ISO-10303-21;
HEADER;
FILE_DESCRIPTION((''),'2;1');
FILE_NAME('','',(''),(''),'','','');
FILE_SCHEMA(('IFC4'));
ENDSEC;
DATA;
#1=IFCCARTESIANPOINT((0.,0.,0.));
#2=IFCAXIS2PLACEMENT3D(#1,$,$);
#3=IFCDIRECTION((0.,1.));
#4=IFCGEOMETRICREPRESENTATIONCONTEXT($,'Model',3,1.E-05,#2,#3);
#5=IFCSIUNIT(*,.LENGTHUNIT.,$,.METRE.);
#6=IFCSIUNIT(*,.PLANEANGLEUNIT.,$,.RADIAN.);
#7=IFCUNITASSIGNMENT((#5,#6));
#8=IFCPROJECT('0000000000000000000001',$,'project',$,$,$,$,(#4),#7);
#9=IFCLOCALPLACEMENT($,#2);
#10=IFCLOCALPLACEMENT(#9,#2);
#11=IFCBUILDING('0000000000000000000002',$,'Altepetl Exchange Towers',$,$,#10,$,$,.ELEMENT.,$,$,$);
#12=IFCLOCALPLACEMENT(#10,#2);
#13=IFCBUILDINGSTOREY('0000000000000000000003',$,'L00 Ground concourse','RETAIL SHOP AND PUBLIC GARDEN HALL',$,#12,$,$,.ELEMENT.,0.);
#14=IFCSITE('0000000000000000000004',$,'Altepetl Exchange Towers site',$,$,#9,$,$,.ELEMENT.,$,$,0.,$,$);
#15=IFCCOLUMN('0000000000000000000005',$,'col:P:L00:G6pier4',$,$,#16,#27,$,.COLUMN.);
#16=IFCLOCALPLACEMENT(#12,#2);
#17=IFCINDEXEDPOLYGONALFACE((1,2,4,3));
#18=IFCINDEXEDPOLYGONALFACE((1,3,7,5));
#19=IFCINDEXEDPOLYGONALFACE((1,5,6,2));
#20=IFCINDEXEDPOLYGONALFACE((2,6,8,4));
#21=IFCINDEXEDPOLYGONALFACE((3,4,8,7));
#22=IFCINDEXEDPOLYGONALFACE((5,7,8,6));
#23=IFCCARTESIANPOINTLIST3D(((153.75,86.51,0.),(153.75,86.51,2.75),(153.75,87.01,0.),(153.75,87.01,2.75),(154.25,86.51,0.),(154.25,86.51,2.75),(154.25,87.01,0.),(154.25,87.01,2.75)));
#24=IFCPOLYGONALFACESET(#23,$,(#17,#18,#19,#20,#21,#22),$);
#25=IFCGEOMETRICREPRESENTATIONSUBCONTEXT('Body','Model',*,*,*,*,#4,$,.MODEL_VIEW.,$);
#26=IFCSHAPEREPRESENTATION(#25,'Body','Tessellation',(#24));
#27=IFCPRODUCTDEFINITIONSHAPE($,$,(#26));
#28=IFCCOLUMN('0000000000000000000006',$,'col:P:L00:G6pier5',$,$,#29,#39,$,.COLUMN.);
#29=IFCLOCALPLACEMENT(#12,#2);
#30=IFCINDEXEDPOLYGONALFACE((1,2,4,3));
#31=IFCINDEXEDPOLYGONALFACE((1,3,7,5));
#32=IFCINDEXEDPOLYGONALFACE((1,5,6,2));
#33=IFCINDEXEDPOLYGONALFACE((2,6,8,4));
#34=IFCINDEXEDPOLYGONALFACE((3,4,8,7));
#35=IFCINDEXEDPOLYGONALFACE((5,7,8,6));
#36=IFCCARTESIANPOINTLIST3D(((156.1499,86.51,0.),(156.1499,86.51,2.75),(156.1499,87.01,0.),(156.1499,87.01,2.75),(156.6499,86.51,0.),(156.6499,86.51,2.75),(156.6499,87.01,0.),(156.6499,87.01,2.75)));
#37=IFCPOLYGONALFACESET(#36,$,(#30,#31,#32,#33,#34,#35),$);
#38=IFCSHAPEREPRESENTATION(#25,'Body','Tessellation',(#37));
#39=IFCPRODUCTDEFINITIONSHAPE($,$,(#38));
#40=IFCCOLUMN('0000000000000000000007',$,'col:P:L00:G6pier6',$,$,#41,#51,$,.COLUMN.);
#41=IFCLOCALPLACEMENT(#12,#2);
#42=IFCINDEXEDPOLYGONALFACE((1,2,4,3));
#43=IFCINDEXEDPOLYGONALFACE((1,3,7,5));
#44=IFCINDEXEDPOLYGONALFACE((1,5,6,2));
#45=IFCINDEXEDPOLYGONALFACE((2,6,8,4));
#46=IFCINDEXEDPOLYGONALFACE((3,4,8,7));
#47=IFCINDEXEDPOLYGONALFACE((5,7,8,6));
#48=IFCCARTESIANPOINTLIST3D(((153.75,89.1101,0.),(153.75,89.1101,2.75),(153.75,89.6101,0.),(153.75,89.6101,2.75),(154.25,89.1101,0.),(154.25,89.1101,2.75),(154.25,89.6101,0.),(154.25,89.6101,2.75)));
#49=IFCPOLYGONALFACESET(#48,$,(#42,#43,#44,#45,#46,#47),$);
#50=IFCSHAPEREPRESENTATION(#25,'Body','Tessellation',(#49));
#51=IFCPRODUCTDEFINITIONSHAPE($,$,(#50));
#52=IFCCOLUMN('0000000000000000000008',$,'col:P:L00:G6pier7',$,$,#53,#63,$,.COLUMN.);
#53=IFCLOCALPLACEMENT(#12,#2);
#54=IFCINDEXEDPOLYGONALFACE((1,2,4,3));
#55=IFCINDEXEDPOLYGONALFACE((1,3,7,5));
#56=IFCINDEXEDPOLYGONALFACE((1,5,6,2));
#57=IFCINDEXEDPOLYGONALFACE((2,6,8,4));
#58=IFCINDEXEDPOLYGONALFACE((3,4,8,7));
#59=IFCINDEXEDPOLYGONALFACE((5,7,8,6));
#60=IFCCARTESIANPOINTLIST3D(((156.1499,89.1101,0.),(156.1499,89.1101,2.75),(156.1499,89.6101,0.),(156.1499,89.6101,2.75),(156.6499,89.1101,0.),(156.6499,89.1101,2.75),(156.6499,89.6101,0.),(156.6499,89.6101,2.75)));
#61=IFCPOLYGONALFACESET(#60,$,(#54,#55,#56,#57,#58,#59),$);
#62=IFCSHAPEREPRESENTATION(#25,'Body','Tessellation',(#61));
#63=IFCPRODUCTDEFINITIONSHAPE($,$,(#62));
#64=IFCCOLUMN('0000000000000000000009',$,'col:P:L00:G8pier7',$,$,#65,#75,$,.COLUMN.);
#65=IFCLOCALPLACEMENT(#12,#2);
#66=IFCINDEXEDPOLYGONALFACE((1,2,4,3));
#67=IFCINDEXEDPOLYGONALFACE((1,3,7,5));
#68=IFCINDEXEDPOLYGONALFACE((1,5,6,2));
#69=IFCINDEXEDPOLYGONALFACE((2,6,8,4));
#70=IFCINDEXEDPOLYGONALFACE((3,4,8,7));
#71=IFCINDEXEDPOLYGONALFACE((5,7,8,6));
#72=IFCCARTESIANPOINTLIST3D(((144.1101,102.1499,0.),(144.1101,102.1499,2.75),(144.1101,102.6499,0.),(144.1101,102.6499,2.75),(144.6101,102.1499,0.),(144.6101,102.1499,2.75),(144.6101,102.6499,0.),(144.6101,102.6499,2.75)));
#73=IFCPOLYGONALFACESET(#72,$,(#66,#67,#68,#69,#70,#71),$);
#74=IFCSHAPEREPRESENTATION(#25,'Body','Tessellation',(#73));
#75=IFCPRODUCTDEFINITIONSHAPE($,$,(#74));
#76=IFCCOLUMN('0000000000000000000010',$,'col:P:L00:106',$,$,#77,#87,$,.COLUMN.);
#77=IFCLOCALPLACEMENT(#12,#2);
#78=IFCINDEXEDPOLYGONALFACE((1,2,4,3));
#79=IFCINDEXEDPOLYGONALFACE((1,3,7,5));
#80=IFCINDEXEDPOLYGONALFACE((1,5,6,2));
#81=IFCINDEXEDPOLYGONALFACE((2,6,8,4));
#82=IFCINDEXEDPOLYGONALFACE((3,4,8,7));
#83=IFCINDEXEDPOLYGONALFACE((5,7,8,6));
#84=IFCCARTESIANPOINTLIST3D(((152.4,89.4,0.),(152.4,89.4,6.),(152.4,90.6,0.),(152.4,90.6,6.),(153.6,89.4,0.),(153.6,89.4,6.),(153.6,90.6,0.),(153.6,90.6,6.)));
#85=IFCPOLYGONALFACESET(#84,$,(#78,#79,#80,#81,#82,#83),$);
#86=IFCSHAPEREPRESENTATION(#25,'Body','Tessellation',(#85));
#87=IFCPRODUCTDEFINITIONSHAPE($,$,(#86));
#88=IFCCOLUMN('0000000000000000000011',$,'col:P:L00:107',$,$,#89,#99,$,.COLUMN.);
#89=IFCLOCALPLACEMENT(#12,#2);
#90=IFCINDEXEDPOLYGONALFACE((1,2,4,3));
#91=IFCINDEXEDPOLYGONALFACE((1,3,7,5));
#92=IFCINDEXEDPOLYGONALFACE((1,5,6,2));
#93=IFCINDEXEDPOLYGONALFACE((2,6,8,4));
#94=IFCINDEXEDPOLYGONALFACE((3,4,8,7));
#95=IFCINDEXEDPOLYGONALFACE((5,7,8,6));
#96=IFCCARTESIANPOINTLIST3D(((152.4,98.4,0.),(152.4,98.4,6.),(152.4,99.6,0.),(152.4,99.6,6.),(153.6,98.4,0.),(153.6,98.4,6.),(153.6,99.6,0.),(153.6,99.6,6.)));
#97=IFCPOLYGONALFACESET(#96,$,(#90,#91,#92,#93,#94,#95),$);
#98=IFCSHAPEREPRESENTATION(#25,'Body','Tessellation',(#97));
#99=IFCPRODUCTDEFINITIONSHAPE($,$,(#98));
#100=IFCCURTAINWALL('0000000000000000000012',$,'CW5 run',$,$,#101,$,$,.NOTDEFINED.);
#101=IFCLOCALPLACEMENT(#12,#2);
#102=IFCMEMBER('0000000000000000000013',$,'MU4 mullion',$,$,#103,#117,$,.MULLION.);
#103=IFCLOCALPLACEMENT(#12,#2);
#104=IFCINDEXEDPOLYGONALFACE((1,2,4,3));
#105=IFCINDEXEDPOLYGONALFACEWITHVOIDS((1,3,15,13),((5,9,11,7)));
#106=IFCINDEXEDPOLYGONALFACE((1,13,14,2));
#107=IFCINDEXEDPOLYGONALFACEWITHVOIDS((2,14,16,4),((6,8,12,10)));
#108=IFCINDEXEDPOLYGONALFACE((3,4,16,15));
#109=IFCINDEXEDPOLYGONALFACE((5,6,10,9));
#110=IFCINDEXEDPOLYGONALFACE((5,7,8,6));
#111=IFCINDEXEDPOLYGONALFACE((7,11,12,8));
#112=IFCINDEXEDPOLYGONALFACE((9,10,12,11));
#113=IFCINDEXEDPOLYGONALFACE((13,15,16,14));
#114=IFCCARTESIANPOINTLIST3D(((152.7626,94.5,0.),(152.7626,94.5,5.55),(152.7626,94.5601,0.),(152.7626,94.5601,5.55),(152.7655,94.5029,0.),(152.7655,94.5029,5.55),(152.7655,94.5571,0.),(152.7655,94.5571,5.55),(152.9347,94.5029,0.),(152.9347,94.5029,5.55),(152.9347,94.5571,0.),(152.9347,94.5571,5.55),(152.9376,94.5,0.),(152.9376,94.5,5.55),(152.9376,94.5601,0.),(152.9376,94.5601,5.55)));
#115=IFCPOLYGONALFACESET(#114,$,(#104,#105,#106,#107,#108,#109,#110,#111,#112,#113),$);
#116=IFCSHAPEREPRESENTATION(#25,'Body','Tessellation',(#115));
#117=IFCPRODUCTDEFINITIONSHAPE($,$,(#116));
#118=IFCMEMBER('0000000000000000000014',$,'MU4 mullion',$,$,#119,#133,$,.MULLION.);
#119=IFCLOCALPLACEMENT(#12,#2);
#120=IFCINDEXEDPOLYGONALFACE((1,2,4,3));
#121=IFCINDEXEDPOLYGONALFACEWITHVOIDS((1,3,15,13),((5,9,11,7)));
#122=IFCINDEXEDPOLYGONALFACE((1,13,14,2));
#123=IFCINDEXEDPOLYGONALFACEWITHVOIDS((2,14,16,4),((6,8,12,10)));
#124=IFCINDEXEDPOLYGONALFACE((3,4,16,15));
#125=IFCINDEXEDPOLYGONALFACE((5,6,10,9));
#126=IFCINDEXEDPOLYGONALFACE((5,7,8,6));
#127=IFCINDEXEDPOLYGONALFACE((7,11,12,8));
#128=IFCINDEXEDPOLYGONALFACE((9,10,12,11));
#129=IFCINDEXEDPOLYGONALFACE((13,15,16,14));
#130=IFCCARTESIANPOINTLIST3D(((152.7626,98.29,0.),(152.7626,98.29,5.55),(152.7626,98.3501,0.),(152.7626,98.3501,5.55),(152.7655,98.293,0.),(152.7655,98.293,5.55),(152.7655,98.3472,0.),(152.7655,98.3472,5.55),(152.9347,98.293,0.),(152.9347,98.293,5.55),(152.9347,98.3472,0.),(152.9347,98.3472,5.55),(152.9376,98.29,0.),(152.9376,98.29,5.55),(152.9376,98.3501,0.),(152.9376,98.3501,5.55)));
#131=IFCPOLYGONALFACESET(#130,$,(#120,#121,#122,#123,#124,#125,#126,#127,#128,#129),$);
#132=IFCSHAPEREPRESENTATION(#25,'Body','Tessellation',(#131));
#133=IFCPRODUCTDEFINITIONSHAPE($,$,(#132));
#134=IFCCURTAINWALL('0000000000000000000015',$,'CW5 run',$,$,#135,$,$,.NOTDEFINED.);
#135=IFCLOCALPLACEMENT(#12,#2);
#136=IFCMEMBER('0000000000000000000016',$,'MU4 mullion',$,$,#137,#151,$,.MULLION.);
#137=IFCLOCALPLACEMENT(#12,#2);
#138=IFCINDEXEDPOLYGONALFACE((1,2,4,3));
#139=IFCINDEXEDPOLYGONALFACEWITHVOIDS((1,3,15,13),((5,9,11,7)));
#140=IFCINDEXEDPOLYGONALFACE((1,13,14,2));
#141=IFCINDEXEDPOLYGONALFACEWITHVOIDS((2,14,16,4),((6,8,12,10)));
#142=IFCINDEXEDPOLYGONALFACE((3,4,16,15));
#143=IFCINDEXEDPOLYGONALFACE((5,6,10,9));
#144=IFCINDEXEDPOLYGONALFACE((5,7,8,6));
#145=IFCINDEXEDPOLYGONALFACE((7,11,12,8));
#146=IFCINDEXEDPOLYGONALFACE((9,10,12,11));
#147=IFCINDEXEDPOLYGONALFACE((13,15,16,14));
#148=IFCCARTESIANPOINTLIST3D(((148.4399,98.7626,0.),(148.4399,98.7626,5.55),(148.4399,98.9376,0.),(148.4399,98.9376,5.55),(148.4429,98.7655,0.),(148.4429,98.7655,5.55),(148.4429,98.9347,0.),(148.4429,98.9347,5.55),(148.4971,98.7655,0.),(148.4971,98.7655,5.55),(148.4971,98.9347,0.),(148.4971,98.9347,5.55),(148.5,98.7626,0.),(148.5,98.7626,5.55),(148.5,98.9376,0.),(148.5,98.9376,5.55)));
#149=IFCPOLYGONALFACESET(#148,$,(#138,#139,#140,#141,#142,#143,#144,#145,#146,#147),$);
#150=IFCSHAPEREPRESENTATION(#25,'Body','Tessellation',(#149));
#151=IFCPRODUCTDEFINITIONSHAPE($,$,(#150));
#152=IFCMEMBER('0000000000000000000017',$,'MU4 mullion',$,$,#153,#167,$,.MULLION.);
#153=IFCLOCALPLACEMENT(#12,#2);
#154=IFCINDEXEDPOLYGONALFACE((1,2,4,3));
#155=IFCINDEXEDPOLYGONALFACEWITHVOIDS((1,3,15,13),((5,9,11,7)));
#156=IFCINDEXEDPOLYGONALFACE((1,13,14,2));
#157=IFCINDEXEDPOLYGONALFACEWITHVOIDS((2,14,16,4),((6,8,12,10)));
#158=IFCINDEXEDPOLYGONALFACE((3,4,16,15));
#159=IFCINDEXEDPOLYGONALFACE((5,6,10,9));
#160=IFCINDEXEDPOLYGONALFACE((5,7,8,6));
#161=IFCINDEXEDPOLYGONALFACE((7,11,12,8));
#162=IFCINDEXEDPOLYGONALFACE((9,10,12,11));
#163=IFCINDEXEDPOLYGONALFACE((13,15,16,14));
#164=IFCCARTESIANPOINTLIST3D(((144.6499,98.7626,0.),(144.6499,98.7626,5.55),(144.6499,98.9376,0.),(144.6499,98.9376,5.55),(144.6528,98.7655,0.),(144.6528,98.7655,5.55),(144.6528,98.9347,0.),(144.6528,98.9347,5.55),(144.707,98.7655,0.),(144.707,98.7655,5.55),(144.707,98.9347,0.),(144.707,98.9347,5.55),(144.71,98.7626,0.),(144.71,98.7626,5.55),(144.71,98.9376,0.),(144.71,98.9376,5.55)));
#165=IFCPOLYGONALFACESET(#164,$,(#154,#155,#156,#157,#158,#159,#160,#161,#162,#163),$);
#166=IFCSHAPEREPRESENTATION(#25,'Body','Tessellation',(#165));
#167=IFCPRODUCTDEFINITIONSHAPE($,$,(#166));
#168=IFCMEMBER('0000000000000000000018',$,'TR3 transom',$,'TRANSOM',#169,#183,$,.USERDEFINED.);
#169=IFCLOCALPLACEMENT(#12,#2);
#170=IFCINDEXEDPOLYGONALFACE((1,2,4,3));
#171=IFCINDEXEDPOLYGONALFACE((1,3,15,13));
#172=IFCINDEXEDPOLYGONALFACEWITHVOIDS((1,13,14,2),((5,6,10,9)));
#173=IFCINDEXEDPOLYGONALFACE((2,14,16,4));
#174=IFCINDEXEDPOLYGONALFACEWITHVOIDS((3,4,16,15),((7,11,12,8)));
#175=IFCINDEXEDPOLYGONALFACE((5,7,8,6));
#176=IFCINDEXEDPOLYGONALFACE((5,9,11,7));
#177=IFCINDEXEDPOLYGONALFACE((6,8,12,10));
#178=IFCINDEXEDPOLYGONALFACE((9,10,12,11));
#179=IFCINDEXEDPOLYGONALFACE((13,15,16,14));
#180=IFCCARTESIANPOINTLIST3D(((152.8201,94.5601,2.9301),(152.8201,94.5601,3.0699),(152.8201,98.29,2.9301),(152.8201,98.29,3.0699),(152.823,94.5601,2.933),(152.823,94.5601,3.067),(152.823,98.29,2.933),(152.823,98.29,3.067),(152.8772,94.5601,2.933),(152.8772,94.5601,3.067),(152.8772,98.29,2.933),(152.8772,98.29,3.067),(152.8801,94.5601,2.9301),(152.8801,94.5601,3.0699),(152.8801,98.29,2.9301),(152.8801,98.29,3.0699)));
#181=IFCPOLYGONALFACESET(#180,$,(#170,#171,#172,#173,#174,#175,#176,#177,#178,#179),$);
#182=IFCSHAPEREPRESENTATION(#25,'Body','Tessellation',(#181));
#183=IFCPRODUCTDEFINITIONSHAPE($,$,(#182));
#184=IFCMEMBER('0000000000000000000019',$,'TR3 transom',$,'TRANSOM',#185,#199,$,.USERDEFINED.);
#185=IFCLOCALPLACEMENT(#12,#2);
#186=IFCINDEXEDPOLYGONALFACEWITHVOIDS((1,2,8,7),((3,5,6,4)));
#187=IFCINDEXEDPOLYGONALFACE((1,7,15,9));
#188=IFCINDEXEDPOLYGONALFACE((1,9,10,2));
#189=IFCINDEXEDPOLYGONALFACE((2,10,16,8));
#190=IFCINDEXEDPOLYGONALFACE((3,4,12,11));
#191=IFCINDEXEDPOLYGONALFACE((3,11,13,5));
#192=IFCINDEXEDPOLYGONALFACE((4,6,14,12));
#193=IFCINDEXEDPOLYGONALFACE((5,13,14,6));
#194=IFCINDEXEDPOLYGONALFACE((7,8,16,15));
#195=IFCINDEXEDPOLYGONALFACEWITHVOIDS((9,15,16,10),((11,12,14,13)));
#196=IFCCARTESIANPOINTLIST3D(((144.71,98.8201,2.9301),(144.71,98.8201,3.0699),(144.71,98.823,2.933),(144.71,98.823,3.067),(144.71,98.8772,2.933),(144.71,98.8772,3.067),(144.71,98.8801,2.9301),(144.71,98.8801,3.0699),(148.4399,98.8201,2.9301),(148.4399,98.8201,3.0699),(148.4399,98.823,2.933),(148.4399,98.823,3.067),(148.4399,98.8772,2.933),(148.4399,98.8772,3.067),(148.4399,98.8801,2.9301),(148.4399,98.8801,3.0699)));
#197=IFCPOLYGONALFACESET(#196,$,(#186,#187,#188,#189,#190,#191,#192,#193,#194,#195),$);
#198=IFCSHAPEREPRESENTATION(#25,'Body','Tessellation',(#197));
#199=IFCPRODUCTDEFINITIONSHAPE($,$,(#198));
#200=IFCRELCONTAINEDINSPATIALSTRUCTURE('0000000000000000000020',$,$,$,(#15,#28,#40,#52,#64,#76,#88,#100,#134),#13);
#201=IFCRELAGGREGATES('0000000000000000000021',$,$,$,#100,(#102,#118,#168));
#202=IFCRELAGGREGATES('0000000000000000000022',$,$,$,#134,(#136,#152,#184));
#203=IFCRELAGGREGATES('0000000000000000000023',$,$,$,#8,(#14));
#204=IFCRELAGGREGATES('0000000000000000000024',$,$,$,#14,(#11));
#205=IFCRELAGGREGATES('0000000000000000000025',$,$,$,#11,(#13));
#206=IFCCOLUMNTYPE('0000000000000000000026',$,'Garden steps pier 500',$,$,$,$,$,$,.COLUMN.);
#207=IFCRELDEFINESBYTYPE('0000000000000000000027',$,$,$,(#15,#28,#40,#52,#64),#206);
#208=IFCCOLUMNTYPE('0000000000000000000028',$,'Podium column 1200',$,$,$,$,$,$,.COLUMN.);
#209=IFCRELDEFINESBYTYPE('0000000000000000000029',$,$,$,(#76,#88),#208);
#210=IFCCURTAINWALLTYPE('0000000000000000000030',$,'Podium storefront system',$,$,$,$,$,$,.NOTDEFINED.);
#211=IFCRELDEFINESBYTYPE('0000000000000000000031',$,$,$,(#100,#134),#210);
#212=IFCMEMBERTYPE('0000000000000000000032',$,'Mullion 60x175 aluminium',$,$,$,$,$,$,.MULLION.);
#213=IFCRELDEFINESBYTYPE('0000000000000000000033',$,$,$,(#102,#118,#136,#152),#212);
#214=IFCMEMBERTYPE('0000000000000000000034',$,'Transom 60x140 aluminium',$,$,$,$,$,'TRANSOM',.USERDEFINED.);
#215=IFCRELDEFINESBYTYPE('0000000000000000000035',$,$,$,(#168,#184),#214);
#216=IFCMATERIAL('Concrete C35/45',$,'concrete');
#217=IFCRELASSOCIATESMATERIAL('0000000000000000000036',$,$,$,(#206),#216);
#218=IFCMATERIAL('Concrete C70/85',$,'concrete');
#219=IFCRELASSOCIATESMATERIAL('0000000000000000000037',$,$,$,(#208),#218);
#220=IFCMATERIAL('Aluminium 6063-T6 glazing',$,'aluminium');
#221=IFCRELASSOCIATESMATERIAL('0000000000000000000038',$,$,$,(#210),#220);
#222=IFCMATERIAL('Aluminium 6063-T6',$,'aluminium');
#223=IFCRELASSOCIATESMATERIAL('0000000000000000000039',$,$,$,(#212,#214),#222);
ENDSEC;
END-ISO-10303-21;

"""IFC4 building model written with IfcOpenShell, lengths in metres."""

from ifc_helpers import new_model, si_unit, direction, frame, origin, origin_2d, place, context, subcontext, project, spatial, rectangle, hollow_rectangle, extrude, material, material_profile, profile_set, type_object, element, aggregate, save


model = new_model("IFC4")

# Units and contexts
model_context = context("Model", 3, precision=1e-05, world=origin(), true_north=direction((0.0, 1.0)))
body_context = subcontext(model_context, "Body", "Model", "MODEL_VIEW")
ifc_project = project(units=[si_unit("LENGTHUNIT", "METRE"), si_unit("PLANEANGLEUNIT", "RADIAN")], contexts=[model_context])

# Site, building, storey
site_placement = place(None, origin())
site = spatial("IfcSite", under=ifc_project, at=site_placement, Name="Altepetl Exchange Towers site", CompositionType="ELEMENT", RefElevation=0.0)
building_placement = place(site_placement, origin())
building = spatial("IfcBuilding", under=site, at=building_placement, Name="Altepetl Exchange Towers", CompositionType="ELEMENT")
storey_placement = place(building_placement, origin())
storey = spatial("IfcBuildingStorey", under=building, at=storey_placement, Name="L00 Ground concourse", Description="RETAIL SHOP AND PUBLIC GARDEN HALL", CompositionType="ELEMENT", Elevation=0.0)

# Columns
ifc_material_1 = material(Name="Concrete C35/45", Category="concrete")
ifc_material_profile_1 = material_profile(ifc_material_1, rectangle(XDim=0.5, YDim=0.5, at=origin_2d()), Name="500 x 500")
ifc_profile_set_1 = profile_set([ifc_material_profile_1], Name="Concrete C35/45")
column_type_1 = type_object("IfcColumnType", Name="Garden steps pier 500", PredefinedType="COLUMN", material=ifc_profile_set_1)
for number, where, name in (
    (1, (154.0, 86.76, 0.0), "col:P:L00:G6pier4"),
    (2, (156.3999, 86.76, 0.0), "col:P:L00:G6pier5"),
    (3, (154.0, 89.3601, 0.0), "col:P:L00:G6pier6"),
    (4, (156.3999, 89.3601, 0.0), "col:P:L00:G6pier7"),
    (5, (144.3601, 102.3999, 0.0), "col:P:L00:G8pier7"),
):
    element("IfcColumn", number, at=place(storey_placement, frame(where)), inside=storey, type_object=column_type_1, Name=name, PredefinedType="COLUMN", context=body_context, shape_type="SweptSolid", body=[
        extrude(rectangle(XDim=0.5, YDim=0.5, at=origin_2d()), origin(), (0.0, 0.0, 1.0), 2.75),
    ])
ifc_material_2 = material(Name="Concrete C70/85", Category="concrete")
ifc_material_profile_2 = material_profile(ifc_material_2, rectangle(XDim=1.2, YDim=1.2, at=origin_2d()), Name="1200 x 1200")
ifc_profile_set_2 = profile_set([ifc_material_profile_2], Name="Concrete C70/85")
column_type_2 = type_object("IfcColumnType", Name="Podium column 1200", PredefinedType="COLUMN", material=ifc_profile_set_2)
for number, where, name in (
    (6, (153.0, 90.0, 0.0), "col:P:L00:106"),
    (7, (153.0, 99.0, 0.0), "col:P:L00:107"),
):
    element("IfcColumn", number, at=place(storey_placement, frame(where)), inside=storey, type_object=column_type_2, Name=name, PredefinedType="COLUMN", context=body_context, shape_type="SweptSolid", body=[
        extrude(rectangle(XDim=1.2, YDim=1.2, at=origin_2d()), origin(), (0.0, 0.0, 1.0), 6.0),
    ])

# Curtain walls, members
ifc_material_3 = material(Name="Aluminium 6063-T6 glazing", Category="aluminium")
curtain_wall_type = type_object("IfcCurtainWallType", Name="Podium storefront system", PredefinedType="NOTDEFINED", material=ifc_material_3)
curtain_wall_1_placement = place(storey_placement, origin())
curtain_wall_1 = element("IfcCurtainWall", 8, at=curtain_wall_1_placement, inside=storey, type_object=curtain_wall_type, Name="CW5 run", PredefinedType="NOTDEFINED")
ifc_material_4 = material(Name="Aluminium 6063-T6", Category="aluminium")
ifc_material_profile_3 = material_profile(ifc_material_4, hollow_rectangle(XDim=0.0601, YDim=0.175, WallThickness=0.0029, at=origin_2d()), Name="Mullion 60x175 aluminium")
ifc_profile_set_3 = profile_set([ifc_material_profile_3], Name="Aluminium 6063-T6")
member_type_1 = type_object("IfcMemberType", Name="Mullion 60x175 aluminium", PredefinedType="MULLION", material=ifc_profile_set_3)
member_1_placement = place(storey_placement, frame((152.8501, 94.53, 0.0), z_axis=(0.0, 0.0, 1.0), x_axis=(0.0, 1.0, 0.0)))
member_1 = element("IfcMember", 9, at=member_1_placement, type_object=member_type_1, Name="MU4 mullion", PredefinedType="MULLION", context=body_context, shape_type="SweptSolid", body=[
    extrude(hollow_rectangle(XDim=0.0601, YDim=0.175, WallThickness=0.0029, at=origin_2d()), origin(), (0.0, 0.0, 1.0), 5.55),
])
member_2_placement = place(storey_placement, frame((152.8501, 98.3201, 0.0), z_axis=(0.0, 0.0, 1.0), x_axis=(0.0, 1.0, 0.0)))
member_2 = element("IfcMember", 10, at=member_2_placement, type_object=member_type_1, Name="MU4 mullion", PredefinedType="MULLION", context=body_context, shape_type="SweptSolid", body=[
    extrude(hollow_rectangle(XDim=0.0601, YDim=0.175, WallThickness=0.0029, at=origin_2d()), origin(), (0.0, 0.0, 1.0), 5.55),
])
curtain_wall_2_placement = place(storey_placement, origin())
curtain_wall_2 = element("IfcCurtainWall", 11, at=curtain_wall_2_placement, inside=storey, type_object=curtain_wall_type, Name="CW5 run", PredefinedType="NOTDEFINED")
member_3_placement = place(storey_placement, frame((148.47, 98.8501, 0.0), z_axis=(0.0, 0.0, 1.0), x_axis=(-1.0, 0.0, 0.0)))
member_3 = element("IfcMember", 12, at=member_3_placement, type_object=member_type_1, Name="MU4 mullion", PredefinedType="MULLION", context=body_context, shape_type="SweptSolid", body=[
    extrude(hollow_rectangle(XDim=0.0601, YDim=0.175, WallThickness=0.0029, at=origin_2d()), origin(), (0.0, 0.0, 1.0), 5.55),
])
member_4_placement = place(storey_placement, frame((144.6799, 98.8501, 0.0), z_axis=(0.0, 0.0, 1.0), x_axis=(-1.0, 0.0, 0.0)))
member_4 = element("IfcMember", 13, at=member_4_placement, type_object=member_type_1, Name="MU4 mullion", PredefinedType="MULLION", context=body_context, shape_type="SweptSolid", body=[
    extrude(hollow_rectangle(XDim=0.0601, YDim=0.175, WallThickness=0.0029, at=origin_2d()), origin(), (0.0, 0.0, 1.0), 5.55),
])

# Members
ifc_material_profile_4 = material_profile(ifc_material_4, hollow_rectangle(XDim=0.0601, YDim=0.1399, WallThickness=0.0029, at=origin_2d()), Name="Transom 60x140 aluminium")
ifc_profile_set_4 = profile_set([ifc_material_profile_4], Name="Aluminium 6063-T6")
member_type_2 = type_object("IfcMemberType", Name="Transom 60x140 aluminium", ElementType="TRANSOM", PredefinedType="USERDEFINED", material=ifc_profile_set_4)
member_5_placement = place(storey_placement, frame((152.8501, 94.5601, 3.0), z_axis=(0.0, 1.0, 0.0), x_axis=(-1.0, 0.0, 0.0)))
member_5 = element("IfcMember", 14, at=member_5_placement, type_object=member_type_2, Name="TR3 transom", ObjectType="TRANSOM", PredefinedType="USERDEFINED", context=body_context, shape_type="SweptSolid", body=[
    extrude(hollow_rectangle(XDim=0.0601, YDim=0.1399, WallThickness=0.0029, at=origin_2d()), origin(), (0.0, 0.0, 1.0), 3.73),
])
member_6_placement = place(storey_placement, frame((148.4399, 98.8501, 3.0), z_axis=(-1.0, 0.0, 0.0), x_axis=(0.0, -1.0, 0.0)))
member_6 = element("IfcMember", 15, at=member_6_placement, type_object=member_type_2, Name="TR3 transom", ObjectType="TRANSOM", PredefinedType="USERDEFINED", context=body_context, shape_type="SweptSolid", body=[
    extrude(hollow_rectangle(XDim=0.0601, YDim=0.1399, WallThickness=0.0029, at=origin_2d()), origin(), (0.0, 0.0, 1.0), 3.73),
])

aggregate(curtain_wall_1, [member_1, member_2, member_5])
aggregate(curtain_wall_2, [member_3, member_4, member_6])

save(model, "model.ifc")
